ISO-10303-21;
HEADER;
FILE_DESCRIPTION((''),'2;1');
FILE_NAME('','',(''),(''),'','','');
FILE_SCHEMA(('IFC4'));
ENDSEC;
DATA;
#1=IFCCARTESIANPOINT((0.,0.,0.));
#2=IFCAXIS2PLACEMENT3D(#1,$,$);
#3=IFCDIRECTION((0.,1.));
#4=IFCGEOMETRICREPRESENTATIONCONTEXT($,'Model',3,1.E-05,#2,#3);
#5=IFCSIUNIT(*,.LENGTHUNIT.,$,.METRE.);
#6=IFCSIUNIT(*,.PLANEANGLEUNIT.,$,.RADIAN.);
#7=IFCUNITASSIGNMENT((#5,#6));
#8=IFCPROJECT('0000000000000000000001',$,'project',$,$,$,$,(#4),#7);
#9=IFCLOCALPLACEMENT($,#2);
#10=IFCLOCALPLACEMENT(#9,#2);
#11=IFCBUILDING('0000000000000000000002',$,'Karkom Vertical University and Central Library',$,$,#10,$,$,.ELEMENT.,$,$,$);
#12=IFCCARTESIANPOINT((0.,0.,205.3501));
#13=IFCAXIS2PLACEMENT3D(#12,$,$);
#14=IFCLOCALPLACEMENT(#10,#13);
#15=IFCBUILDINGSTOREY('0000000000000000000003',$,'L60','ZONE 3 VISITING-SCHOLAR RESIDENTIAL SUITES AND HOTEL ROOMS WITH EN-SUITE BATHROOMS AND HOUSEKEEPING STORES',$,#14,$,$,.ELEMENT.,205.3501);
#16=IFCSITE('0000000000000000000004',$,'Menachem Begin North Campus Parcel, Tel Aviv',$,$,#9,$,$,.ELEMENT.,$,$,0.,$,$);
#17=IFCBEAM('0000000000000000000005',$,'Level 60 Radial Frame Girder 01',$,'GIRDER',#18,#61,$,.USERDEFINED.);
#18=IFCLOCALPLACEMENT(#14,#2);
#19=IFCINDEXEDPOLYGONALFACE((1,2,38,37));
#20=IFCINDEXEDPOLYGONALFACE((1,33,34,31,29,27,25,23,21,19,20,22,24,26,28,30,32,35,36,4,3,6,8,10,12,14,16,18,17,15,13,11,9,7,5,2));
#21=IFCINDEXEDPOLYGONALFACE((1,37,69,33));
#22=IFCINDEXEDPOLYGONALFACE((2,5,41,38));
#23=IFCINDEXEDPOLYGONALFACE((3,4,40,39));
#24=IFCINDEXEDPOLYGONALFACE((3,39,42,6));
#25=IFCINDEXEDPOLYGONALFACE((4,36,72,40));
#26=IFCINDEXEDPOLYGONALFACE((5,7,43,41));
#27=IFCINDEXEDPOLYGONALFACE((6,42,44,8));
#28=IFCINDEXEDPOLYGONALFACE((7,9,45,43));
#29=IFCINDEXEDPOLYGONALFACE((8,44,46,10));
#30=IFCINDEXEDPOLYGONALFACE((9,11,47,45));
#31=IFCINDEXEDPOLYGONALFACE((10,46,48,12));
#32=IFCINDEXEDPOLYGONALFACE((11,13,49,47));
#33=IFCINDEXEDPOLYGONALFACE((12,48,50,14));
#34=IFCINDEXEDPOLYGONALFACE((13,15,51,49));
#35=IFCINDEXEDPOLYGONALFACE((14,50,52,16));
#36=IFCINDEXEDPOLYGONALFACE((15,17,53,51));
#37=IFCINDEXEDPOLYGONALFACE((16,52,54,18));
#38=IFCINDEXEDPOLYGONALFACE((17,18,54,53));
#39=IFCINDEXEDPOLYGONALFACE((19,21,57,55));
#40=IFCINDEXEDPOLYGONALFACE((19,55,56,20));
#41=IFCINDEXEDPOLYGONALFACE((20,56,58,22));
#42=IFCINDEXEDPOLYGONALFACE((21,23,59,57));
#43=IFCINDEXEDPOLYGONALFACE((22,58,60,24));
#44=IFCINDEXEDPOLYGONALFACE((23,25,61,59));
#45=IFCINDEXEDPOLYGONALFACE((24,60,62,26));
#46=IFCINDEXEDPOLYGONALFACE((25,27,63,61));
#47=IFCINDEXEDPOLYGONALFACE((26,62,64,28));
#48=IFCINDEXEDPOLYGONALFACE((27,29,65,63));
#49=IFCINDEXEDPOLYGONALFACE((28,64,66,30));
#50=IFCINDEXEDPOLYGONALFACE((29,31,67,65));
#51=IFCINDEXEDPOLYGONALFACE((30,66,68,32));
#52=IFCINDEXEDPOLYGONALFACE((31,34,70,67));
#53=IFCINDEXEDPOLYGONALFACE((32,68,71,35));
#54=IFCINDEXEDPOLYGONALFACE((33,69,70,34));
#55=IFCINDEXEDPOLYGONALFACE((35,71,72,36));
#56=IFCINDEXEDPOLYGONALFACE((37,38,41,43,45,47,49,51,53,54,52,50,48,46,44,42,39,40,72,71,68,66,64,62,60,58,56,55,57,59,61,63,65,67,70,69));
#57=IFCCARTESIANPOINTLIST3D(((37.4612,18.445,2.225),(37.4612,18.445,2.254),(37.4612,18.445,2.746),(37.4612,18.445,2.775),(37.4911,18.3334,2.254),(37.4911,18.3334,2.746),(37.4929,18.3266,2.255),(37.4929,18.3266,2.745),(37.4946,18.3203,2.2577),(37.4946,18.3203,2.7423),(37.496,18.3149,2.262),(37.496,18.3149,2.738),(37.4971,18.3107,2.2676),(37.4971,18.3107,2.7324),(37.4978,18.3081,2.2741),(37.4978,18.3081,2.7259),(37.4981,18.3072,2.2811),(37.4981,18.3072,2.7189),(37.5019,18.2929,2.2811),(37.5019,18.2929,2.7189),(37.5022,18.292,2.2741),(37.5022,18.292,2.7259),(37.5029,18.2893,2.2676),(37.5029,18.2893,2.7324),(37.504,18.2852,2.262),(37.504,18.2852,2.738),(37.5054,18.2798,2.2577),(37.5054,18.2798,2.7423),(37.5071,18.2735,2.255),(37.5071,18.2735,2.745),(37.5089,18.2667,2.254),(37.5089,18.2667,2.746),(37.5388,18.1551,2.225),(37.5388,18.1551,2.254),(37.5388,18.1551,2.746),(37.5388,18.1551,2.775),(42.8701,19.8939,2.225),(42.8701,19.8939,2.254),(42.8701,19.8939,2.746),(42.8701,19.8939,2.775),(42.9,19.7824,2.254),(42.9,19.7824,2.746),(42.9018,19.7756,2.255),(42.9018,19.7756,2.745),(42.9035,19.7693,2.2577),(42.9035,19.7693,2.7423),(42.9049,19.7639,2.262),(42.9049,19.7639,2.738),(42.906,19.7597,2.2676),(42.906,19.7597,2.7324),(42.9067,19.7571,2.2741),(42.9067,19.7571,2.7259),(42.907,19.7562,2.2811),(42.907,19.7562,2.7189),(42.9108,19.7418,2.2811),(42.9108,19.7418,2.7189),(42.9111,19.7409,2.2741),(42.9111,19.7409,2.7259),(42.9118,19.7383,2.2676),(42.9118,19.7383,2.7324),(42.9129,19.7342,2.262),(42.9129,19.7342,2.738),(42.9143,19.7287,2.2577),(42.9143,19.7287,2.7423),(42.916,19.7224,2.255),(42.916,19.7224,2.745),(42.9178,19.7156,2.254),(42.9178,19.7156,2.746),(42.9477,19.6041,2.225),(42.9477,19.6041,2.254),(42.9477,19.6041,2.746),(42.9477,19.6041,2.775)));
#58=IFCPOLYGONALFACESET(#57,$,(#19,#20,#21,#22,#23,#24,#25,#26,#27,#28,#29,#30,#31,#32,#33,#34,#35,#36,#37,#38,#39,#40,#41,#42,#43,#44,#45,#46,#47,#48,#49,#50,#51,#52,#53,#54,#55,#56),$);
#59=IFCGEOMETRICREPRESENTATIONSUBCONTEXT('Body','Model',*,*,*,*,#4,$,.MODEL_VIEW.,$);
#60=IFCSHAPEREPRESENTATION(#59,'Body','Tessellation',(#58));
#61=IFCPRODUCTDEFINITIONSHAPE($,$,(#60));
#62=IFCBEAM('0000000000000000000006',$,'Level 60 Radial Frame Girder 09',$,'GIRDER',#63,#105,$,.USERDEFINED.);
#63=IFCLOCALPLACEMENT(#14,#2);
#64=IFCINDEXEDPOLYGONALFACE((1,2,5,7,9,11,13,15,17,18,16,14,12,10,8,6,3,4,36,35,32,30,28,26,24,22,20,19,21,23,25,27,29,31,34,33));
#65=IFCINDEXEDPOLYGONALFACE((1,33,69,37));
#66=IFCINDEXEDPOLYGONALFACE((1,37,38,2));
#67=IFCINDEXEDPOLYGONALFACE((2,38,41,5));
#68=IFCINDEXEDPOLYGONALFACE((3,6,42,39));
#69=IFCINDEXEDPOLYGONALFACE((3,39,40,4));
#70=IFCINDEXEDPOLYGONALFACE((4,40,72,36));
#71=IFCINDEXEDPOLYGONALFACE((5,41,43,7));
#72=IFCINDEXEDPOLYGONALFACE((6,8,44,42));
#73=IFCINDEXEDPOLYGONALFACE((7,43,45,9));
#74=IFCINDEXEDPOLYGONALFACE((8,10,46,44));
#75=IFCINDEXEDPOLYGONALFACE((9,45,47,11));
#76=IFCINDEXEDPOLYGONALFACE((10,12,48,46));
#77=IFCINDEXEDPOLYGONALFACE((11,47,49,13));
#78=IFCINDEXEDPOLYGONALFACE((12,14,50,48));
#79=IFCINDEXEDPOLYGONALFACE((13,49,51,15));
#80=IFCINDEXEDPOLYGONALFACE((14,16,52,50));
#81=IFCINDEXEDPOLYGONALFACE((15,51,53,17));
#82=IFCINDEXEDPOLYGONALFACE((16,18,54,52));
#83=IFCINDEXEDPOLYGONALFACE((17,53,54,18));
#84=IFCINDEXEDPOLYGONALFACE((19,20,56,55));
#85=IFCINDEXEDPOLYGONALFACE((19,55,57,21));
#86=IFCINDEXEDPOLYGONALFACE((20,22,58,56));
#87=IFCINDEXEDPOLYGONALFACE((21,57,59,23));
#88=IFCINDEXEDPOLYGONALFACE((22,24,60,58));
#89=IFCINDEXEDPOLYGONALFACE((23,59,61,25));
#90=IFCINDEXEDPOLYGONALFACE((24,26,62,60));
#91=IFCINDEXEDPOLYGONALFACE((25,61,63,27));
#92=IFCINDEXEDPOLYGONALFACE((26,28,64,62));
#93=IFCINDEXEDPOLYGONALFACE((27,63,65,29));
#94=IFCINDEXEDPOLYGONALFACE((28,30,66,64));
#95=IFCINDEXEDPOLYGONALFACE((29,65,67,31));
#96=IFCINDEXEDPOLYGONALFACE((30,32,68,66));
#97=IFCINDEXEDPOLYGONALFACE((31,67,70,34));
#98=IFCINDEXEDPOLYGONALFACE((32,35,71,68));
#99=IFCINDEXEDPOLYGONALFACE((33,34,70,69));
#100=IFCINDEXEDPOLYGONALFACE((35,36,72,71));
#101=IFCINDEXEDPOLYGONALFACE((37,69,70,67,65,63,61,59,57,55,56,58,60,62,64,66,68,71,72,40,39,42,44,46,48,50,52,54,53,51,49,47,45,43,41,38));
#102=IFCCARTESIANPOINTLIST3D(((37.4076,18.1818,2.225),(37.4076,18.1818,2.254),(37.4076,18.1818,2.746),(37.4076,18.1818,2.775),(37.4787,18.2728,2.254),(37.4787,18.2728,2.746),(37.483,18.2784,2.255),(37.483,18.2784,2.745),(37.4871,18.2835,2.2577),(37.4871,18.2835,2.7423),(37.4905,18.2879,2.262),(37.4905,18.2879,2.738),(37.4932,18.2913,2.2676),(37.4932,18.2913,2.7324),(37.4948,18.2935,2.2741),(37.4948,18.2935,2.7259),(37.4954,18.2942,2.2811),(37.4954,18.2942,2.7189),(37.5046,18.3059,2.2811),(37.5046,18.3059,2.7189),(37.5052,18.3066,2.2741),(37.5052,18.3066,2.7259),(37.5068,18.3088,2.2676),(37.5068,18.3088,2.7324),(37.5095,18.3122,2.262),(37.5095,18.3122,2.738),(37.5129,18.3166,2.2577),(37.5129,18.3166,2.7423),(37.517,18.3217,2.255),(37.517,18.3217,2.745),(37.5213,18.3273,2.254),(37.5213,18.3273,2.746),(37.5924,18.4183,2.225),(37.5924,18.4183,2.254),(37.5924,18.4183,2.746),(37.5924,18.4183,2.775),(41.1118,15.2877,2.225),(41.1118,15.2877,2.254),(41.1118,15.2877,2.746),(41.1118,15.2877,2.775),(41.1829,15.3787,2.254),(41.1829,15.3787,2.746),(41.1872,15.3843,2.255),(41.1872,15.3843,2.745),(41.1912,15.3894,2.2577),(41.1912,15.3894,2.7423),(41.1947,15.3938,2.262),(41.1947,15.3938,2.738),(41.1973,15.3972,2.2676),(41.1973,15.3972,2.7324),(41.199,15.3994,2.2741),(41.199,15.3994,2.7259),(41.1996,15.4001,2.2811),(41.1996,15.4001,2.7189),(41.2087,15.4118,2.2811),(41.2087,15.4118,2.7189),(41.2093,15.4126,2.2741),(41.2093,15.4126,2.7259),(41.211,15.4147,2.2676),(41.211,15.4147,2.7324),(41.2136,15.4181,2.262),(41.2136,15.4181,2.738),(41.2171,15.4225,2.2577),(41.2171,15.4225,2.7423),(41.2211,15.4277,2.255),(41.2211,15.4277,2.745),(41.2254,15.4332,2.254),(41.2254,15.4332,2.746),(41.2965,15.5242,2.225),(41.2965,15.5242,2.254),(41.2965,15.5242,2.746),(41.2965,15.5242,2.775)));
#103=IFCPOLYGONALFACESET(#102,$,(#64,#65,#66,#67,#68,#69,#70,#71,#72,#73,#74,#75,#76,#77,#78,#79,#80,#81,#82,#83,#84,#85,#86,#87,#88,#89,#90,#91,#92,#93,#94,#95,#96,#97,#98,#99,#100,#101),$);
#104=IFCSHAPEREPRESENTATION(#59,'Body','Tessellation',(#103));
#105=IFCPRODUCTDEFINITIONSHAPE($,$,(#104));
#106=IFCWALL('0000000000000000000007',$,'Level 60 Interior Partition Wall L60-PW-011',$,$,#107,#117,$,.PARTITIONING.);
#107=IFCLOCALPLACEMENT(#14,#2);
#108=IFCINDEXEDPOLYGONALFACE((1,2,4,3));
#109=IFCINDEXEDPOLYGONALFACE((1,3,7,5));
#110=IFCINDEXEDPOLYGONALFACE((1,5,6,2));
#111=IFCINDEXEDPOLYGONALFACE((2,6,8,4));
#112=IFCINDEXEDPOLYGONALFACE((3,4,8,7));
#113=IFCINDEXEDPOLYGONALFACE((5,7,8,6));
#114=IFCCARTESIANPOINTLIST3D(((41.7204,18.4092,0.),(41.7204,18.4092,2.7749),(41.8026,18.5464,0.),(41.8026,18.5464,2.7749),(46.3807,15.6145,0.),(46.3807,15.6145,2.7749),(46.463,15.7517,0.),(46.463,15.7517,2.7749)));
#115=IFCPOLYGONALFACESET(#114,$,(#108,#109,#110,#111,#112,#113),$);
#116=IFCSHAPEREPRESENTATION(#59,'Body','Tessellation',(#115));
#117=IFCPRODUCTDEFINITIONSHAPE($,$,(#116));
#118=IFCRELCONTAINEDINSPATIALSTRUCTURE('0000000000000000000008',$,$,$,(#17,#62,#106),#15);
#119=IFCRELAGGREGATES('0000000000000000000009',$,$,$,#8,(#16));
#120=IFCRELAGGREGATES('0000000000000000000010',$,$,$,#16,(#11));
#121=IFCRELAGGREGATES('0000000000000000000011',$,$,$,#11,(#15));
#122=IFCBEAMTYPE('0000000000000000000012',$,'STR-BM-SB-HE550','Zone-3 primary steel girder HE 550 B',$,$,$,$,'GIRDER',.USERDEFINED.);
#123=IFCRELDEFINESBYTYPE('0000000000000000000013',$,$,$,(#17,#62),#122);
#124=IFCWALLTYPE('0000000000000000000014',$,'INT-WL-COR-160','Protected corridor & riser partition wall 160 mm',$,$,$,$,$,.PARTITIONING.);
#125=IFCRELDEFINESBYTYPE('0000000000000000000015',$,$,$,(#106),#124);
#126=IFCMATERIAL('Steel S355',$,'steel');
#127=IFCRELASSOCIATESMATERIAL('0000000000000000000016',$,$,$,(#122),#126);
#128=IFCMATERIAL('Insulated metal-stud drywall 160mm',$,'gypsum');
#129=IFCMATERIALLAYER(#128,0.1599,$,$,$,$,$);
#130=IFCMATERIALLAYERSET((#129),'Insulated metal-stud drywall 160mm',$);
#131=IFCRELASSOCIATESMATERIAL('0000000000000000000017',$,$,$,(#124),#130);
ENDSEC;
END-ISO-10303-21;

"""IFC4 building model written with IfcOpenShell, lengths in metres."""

from ifc_helpers import new_model, si_unit, direction, frame, frame_2d, origin, origin_with_axes, origin_2d, place, context, subcontext, project, spatial, rectangle, i_section, extrude, source, transform, mapped, material, layer, layer_set, material_profile, profile_set, type_object, element, save


model = new_model("IFC4")

# Units and contexts
model_context = context("Model", 3, precision=1e-05, world=origin(), true_north=direction((0.0, 1.0)))
body_context = subcontext(model_context, "Body", "Model", "MODEL_VIEW")
ifc_project = project(units=[si_unit("LENGTHUNIT", "METRE"), si_unit("PLANEANGLEUNIT", "RADIAN")], contexts=[model_context])

# Site, building, storey
site_placement = place(None, origin())
site = spatial("IfcSite", under=ifc_project, at=site_placement, Name="Menachem Begin North Campus Parcel, Tel Aviv", CompositionType="ELEMENT", RefElevation=0.0)
building_placement = place(site_placement, origin())
building = spatial("IfcBuilding", under=site, at=building_placement, Name="Karkom Vertical University and Central Library", CompositionType="ELEMENT")
storey_placement = place(building_placement, frame((0.0, 0.0, 205.3501)))
storey = spatial("IfcBuildingStorey", under=building, at=storey_placement, Name="L60", Description="ZONE 3 VISITING-SCHOLAR RESIDENTIAL SUITES AND HOTEL ROOMS WITH EN-SUITE BATHROOMS AND HOUSEKEEPING STORES", CompositionType="ELEMENT", Elevation=205.3501)

# Beams
ifc_material_1 = material(Name="Steel S355", Category="steel")
ifc_material_profile_1 = material_profile(ifc_material_1, i_section(OverallWidth=0.3, OverallDepth=0.55, WebThickness=0.0149, FlangeThickness=0.0291, FilletRadius=0.0271, at=origin_2d()), Name="HE 550 B")
ifc_profile_set_1 = profile_set([ifc_material_profile_1], Name="Steel S355")
beam_type_1 = type_object("IfcBeamType", Name="STR-BM-SB-HE550", Description="Zone-3 primary steel girder HE 550 B", ElementType="GIRDER", PredefinedType="USERDEFINED", material=ifc_profile_set_1)
shared_shape_1 = source(origin_with_axes(), body_context, "Body", "SweptSolid", [
    extrude(i_section(OverallWidth=0.3, OverallDepth=0.55, WebThickness=0.0149, FlangeThickness=0.0291, FilletRadius=0.0271, at=origin_2d()), origin(), (0.0, 0.0, 1.0), 5.5996),
])
beam_1_placement = place(storey_placement, frame((37.5, 18.3, 2.5), z_axis=(0.965941, 0.258762, 0.0), x_axis=(-0.258762, 0.965941, 0.0)))
element("IfcBeam", 1, at=beam_1_placement, inside=storey, type_object=beam_type_1, Name="Level 60 Radial Frame Girder 01", ObjectType="GIRDER", PredefinedType="USERDEFINED", context=body_context, shape_type="MappedRepresentation", body=[
    mapped(shared_shape_1, transform((0.0, 0.0, 0.0), scale=1.0)),
])
shared_shape_2 = source(origin_with_axes(), body_context, "Body", "SweptSolid", [
    extrude(i_section(OverallWidth=0.3, OverallDepth=0.55, WebThickness=0.0149, FlangeThickness=0.0291, FilletRadius=0.0271, at=origin_2d()), origin(), (0.0, 0.0, 1.0), 4.7007),
])
beam_2_placement = place(storey_placement, frame((37.5, 18.3, 2.5), z_axis=(0.788002, -0.615672, 0.0), x_axis=(0.615672, 0.788002, 0.0)))
element("IfcBeam", 2, at=beam_2_placement, inside=storey, type_object=beam_type_1, Name="Level 60 Radial Frame Girder 09", ObjectType="GIRDER", PredefinedType="USERDEFINED", context=body_context, shape_type="MappedRepresentation", body=[
    mapped(shared_shape_2, transform((0.0, 0.0, 0.0), scale=1.0)),
])

# Wall
ifc_material_2 = material(Name="Insulated metal-stud drywall 160mm", Category="gypsum")
ifc_layer = layer(ifc_material_2, 0.1599)
ifc_layer_set = layer_set([ifc_layer], Name="Insulated metal-stud drywall 160mm")
wall_type = type_object("IfcWallType", Name="INT-WL-COR-160", Description="Protected corridor & riser partition wall 160 mm", PredefinedType="PARTITIONING", material=ifc_layer_set)
wall_placement = place(storey_placement, frame((41.7615, 18.4778, 0.0), z_axis=(0.0, 0.0, 1.0), x_axis=(0.85762, -0.514284, 0.0)))
element("IfcWall", 3, at=wall_placement, inside=storey, type_object=wall_type, Name="Level 60 Interior Partition Wall L60-PW-011", PredefinedType="PARTITIONING", context=body_context, shape_type="SweptSolid", body=[
    extrude(rectangle(XDim=5.4341, YDim=0.1599, at=frame_2d((2.717, 0.0))), origin(), (0.0, 0.0, 1.0), 2.7749),
])

save(model, "model.ifc")
